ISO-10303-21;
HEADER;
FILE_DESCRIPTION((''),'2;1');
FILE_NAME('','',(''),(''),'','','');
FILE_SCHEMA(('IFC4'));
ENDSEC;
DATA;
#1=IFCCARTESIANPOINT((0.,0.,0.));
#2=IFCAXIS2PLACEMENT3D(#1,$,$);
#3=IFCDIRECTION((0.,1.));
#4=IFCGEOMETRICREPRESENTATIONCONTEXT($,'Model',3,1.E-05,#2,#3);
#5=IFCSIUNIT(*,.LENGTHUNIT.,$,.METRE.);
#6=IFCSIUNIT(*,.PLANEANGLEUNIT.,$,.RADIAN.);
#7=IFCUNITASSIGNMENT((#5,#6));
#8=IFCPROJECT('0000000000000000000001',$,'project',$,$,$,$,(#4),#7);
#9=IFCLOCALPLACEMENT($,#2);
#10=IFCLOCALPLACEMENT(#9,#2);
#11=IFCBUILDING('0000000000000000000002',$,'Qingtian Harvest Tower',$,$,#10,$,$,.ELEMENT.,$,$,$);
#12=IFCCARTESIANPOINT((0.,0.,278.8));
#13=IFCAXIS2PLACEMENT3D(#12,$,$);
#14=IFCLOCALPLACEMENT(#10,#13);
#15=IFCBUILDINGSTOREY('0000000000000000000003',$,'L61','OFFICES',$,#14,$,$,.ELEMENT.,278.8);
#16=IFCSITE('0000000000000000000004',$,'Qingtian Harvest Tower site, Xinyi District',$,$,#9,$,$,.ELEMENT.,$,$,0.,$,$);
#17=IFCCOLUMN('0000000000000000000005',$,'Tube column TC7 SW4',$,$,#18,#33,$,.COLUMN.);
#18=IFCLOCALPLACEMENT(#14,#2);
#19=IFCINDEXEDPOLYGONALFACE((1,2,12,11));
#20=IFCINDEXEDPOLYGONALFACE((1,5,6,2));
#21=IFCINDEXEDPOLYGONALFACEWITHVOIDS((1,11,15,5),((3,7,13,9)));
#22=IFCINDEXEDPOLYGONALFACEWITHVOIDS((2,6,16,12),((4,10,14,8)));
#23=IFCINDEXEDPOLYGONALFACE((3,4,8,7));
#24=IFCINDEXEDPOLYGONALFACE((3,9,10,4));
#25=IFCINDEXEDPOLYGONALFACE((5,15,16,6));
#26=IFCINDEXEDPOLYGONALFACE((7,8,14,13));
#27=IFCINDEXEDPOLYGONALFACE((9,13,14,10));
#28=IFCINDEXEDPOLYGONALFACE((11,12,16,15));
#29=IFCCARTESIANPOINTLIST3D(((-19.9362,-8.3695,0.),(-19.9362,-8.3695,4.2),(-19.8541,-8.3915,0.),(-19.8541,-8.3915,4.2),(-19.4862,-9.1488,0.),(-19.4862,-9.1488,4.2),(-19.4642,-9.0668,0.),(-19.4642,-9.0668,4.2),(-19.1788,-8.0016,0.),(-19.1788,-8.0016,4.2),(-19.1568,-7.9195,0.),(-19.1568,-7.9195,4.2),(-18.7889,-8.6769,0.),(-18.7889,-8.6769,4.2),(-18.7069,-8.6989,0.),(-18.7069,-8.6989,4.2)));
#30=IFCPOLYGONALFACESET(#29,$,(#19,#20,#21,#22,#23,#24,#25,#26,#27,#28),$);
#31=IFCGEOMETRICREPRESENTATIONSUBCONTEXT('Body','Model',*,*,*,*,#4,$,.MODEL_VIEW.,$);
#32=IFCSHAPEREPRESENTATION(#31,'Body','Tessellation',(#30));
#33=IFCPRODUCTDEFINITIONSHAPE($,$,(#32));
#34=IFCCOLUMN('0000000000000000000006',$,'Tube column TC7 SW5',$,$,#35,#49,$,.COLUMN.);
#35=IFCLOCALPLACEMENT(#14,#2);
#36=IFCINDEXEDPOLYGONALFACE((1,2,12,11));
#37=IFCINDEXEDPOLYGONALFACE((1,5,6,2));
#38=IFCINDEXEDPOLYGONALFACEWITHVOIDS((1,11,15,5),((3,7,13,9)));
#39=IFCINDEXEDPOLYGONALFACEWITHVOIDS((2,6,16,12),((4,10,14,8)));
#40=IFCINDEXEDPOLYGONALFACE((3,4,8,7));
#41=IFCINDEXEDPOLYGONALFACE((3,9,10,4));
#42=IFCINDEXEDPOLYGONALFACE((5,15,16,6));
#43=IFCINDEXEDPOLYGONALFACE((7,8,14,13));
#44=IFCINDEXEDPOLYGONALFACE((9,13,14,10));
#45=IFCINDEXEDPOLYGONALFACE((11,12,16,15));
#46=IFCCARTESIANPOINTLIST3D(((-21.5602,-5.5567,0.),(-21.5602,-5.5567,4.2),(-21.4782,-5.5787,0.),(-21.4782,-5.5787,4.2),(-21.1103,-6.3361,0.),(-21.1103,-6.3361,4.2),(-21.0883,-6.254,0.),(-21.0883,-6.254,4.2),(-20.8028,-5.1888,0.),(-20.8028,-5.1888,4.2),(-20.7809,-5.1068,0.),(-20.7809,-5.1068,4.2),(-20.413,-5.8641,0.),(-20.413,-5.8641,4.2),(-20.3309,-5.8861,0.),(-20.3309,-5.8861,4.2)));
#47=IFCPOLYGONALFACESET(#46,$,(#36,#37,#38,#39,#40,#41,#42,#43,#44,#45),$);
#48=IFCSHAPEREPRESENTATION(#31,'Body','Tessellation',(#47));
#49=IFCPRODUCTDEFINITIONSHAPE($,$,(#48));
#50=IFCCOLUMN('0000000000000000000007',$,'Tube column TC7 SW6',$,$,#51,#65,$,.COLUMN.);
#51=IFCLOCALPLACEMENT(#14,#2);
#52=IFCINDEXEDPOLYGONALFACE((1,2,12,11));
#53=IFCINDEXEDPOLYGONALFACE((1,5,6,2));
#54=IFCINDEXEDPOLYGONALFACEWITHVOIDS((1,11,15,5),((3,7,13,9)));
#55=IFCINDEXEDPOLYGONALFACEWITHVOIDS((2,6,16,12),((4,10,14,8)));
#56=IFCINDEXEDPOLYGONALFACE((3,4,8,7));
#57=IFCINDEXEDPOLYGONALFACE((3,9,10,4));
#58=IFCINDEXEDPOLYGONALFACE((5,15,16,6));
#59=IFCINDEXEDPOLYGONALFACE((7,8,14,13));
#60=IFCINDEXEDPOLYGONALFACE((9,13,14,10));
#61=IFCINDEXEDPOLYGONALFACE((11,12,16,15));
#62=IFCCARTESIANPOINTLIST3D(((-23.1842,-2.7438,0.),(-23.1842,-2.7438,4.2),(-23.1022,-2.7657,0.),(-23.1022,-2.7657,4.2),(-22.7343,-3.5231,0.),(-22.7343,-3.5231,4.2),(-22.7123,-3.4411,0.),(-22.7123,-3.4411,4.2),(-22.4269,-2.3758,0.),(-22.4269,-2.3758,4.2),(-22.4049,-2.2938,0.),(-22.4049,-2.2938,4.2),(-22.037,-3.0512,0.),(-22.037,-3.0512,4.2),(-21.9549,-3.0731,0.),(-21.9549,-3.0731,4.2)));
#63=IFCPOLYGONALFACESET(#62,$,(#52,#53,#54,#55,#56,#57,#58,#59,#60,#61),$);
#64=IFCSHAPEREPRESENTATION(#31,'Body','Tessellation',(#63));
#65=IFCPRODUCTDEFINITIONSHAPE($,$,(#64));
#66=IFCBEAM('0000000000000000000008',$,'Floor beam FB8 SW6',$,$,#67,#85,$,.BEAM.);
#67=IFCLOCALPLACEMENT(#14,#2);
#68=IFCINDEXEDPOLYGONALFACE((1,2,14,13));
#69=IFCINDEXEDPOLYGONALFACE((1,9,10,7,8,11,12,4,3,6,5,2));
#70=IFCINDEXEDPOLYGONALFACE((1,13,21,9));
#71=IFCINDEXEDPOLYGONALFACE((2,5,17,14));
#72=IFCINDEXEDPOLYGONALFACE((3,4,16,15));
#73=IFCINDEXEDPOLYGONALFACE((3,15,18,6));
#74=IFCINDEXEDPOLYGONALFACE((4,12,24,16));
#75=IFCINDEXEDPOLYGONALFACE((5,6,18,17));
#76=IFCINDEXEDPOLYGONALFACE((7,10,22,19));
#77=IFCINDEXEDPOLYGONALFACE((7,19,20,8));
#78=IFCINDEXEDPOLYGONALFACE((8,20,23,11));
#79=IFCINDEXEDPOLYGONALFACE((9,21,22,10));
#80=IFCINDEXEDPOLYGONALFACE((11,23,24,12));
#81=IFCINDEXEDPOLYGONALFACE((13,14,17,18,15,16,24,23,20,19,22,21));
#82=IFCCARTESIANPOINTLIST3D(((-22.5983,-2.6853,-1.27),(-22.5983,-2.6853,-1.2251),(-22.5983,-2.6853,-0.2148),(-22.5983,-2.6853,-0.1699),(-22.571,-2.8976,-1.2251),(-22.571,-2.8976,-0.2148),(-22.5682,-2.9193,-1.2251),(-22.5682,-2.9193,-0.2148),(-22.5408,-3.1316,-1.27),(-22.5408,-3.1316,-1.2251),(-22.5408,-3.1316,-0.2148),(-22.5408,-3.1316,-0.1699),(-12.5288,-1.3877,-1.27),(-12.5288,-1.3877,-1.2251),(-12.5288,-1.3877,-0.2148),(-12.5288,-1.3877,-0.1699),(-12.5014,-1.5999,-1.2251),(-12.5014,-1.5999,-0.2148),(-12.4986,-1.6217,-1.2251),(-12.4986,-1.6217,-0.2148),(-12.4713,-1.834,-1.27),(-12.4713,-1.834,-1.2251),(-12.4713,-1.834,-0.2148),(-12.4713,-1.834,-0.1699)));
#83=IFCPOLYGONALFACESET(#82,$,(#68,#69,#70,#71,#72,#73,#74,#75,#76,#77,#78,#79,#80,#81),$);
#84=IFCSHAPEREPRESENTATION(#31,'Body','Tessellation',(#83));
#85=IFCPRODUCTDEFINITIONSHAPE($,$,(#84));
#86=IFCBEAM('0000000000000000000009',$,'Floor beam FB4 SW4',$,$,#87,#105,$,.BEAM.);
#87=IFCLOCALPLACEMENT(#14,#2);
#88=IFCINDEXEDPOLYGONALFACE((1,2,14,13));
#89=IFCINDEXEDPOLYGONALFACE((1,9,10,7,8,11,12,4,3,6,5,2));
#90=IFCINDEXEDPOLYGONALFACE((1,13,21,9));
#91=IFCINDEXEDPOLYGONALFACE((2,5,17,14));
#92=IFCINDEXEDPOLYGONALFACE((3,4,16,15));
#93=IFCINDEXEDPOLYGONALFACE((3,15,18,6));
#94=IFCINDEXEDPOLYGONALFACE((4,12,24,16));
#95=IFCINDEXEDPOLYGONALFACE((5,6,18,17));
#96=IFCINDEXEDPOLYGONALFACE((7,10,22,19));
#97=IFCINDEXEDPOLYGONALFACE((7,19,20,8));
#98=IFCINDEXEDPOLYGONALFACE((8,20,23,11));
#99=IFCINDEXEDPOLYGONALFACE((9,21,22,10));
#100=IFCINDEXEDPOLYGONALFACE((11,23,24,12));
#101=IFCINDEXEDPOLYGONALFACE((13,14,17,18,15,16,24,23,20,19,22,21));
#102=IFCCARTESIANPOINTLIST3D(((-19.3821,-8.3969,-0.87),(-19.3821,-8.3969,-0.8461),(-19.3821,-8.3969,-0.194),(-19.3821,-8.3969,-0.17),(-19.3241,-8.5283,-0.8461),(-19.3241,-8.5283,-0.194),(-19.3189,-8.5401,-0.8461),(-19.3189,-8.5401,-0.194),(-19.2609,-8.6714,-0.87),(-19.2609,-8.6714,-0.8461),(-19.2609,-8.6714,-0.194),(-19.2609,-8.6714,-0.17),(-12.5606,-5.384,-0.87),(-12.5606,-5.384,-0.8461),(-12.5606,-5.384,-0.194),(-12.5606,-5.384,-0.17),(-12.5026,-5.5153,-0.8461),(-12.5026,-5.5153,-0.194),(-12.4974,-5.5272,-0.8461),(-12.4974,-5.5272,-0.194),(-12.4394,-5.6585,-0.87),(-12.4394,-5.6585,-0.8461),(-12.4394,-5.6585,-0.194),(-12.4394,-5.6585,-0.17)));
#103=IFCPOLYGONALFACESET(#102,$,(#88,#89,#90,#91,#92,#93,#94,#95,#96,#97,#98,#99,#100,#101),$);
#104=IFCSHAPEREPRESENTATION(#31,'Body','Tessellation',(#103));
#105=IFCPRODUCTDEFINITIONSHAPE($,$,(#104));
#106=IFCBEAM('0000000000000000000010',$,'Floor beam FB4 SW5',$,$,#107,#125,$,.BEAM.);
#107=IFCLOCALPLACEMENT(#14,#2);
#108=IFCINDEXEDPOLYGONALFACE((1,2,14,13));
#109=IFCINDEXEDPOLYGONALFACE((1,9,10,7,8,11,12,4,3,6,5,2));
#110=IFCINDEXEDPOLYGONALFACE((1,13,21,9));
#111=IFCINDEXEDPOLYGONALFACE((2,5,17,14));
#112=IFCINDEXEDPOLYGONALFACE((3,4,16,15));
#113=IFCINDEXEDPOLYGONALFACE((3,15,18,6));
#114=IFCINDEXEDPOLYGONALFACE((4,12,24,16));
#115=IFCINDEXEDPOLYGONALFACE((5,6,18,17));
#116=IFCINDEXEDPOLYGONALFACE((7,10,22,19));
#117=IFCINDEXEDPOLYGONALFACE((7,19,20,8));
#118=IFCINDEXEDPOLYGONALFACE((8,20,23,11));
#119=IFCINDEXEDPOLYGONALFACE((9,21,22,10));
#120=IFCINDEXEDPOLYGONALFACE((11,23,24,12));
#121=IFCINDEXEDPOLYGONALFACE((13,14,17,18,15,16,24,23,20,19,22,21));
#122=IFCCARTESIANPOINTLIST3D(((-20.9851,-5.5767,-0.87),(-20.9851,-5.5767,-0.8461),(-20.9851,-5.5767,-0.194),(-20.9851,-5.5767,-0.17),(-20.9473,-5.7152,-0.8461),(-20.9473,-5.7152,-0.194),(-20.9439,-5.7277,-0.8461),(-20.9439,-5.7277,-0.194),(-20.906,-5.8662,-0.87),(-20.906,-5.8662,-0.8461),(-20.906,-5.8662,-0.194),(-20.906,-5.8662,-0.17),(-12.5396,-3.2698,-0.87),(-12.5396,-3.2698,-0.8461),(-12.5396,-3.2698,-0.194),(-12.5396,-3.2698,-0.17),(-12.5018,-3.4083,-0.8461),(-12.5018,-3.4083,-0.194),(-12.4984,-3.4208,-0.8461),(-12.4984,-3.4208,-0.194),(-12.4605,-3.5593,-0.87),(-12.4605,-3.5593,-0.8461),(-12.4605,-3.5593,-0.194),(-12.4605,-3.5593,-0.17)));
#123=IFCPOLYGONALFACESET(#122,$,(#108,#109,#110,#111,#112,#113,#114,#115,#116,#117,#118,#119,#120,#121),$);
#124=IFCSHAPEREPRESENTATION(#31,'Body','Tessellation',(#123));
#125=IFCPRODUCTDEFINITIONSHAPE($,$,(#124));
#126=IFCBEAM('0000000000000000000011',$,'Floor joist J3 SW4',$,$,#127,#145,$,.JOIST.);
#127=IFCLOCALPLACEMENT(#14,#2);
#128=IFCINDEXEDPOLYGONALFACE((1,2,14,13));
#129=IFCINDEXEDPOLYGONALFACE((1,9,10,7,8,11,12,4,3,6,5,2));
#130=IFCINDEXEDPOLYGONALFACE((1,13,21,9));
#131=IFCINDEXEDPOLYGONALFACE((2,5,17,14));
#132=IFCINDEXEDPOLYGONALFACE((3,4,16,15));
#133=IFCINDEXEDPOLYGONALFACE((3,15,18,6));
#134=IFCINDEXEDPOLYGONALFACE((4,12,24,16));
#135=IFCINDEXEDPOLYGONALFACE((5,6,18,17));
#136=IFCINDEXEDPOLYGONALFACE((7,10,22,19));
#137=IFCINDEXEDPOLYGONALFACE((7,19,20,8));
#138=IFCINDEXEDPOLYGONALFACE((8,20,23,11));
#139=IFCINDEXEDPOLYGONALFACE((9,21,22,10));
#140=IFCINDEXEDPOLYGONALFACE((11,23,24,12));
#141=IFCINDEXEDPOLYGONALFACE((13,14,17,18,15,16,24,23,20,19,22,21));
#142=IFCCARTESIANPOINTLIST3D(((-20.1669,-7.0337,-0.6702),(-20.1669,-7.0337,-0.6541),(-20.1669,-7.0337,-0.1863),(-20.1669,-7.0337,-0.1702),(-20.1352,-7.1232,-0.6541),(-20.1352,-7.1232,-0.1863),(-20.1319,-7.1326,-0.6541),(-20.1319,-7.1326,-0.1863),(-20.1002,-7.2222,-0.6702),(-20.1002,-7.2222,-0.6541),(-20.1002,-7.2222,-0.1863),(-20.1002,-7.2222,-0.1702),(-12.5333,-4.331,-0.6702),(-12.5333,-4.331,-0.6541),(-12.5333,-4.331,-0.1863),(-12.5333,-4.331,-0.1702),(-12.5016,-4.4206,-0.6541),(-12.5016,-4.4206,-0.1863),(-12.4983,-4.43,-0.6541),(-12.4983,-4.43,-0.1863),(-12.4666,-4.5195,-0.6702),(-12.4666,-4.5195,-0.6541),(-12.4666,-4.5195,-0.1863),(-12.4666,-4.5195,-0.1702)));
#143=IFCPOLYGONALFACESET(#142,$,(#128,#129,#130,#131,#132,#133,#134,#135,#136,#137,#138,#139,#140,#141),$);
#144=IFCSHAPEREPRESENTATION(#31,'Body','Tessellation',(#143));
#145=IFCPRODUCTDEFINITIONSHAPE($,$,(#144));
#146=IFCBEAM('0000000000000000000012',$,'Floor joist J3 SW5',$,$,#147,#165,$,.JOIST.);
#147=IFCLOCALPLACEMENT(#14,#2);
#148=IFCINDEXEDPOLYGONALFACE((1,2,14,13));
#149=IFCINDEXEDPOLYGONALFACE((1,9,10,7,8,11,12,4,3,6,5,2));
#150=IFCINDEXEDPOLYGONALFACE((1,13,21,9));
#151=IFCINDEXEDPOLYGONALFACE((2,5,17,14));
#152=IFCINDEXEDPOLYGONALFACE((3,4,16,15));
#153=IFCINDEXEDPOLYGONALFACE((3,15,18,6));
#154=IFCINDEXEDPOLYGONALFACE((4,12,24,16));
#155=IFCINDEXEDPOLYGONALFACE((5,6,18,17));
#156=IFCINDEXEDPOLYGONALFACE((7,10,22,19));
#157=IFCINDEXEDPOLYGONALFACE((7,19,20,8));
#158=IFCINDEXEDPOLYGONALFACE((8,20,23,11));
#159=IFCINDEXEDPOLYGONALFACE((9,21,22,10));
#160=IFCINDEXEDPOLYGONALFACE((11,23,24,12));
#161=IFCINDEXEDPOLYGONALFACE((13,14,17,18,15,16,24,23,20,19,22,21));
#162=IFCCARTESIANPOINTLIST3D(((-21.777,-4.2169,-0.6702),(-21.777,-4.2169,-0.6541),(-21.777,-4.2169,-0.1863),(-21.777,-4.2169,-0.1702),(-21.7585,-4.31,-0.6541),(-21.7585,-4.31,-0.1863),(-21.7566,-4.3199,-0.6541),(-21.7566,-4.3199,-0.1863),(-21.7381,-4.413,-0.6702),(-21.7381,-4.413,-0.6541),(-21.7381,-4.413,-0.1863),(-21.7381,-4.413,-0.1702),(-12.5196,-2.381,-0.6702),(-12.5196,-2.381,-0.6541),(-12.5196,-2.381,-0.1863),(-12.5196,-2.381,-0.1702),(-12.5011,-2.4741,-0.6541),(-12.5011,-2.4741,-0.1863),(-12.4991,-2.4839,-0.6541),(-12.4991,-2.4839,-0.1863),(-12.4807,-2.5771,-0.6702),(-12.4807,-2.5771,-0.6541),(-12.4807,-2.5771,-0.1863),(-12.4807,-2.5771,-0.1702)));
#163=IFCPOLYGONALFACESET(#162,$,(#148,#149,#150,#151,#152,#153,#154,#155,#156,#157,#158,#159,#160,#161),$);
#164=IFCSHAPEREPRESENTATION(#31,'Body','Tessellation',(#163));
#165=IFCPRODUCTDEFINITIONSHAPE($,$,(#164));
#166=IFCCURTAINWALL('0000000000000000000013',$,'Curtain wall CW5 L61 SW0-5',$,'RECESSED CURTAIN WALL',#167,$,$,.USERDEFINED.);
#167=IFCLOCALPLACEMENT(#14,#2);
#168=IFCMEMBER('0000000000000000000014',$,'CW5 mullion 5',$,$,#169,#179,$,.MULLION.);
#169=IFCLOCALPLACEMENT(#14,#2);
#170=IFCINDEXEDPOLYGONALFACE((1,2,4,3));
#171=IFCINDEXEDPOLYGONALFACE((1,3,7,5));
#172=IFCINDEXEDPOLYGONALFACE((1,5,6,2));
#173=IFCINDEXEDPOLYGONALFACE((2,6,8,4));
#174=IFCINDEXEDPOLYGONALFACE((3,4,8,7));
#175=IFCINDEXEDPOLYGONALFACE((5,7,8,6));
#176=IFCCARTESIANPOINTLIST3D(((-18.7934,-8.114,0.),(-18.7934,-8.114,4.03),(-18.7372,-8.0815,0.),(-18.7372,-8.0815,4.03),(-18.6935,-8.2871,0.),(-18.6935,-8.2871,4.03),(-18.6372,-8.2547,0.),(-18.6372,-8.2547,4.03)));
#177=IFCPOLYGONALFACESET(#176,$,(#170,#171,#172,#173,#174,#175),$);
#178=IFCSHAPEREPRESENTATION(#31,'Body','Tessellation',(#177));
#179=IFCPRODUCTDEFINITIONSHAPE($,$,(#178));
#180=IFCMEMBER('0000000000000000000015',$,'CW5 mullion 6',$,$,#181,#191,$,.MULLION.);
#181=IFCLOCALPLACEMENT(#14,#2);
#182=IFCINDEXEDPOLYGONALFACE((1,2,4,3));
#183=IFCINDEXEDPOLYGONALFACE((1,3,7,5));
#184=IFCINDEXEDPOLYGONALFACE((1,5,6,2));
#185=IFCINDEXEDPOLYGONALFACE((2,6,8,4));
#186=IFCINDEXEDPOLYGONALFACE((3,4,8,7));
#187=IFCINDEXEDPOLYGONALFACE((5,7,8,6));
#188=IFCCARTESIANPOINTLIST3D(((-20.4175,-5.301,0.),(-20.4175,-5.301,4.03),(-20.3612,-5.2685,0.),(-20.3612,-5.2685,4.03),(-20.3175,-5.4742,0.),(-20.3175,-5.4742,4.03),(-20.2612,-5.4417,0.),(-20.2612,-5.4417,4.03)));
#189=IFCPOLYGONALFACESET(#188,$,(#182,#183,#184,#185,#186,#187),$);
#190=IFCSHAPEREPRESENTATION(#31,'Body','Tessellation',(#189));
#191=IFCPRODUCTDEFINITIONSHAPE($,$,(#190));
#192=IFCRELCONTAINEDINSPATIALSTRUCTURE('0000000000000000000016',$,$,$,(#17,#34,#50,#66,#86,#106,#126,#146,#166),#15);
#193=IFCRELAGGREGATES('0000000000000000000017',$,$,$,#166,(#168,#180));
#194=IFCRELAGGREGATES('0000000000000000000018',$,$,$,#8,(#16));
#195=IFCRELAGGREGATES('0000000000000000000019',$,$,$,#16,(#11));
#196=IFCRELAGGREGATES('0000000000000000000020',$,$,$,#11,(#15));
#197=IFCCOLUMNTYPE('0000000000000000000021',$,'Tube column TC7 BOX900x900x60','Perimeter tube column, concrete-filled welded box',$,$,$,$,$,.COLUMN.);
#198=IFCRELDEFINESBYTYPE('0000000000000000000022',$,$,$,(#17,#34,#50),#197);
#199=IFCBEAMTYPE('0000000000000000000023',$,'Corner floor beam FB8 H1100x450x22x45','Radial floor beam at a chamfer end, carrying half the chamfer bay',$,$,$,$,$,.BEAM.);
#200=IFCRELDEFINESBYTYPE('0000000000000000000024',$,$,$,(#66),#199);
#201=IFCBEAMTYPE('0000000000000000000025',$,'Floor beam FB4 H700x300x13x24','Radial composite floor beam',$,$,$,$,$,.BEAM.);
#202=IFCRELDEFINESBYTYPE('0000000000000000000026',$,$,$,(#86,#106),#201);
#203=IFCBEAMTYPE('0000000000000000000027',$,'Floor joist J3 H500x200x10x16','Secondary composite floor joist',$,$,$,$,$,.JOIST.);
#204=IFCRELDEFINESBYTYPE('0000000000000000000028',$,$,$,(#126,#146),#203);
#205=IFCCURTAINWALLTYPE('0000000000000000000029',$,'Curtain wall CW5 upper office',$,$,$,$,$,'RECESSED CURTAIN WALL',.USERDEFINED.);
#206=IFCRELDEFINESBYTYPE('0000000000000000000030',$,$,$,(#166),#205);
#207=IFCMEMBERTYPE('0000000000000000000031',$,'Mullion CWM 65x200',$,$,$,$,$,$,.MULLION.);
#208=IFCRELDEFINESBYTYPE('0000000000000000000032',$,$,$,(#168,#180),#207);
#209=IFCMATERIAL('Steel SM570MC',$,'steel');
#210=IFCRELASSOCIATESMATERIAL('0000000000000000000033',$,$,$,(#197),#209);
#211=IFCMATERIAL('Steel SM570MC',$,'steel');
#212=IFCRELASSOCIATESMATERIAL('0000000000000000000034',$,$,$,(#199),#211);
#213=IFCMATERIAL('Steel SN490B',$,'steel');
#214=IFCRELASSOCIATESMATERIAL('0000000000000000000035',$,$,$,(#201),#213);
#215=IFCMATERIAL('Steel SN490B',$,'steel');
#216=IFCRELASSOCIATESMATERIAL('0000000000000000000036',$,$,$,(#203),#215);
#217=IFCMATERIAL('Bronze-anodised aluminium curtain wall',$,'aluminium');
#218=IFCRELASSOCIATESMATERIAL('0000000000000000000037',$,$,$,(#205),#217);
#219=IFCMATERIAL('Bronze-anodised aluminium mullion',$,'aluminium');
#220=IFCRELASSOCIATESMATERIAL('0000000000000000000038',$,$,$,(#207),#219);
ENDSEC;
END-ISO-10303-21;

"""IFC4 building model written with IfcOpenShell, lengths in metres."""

from ifc_helpers import new_model, si_unit, direction, frame, origin, origin_2d, place, context, subcontext, project, spatial, rectangle, hollow_rectangle, i_section, extrude, material, material_profile, profile_set, type_object, element, aggregate, save


model = new_model("IFC4")

# Units and contexts
model_context = context("Model", 3, precision=1e-05, world=origin(), true_north=direction((0.0, 1.0)))
body_context = subcontext(model_context, "Body", "Model", "MODEL_VIEW")
ifc_project = project(units=[si_unit("LENGTHUNIT", "METRE"), si_unit("PLANEANGLEUNIT", "RADIAN")], contexts=[model_context])

# Site, building, storey
site_placement = place(None, origin())
site = spatial("IfcSite", under=ifc_project, at=site_placement, Name="Qingtian Harvest Tower site, Xinyi District", CompositionType="ELEMENT", RefElevation=0.0)
building_placement = place(site_placement, origin())
building = spatial("IfcBuilding", under=site, at=building_placement, Name="Qingtian Harvest Tower", CompositionType="ELEMENT")
storey_placement = place(building_placement, frame((0.0, 0.0, 278.8)))
storey = spatial("IfcBuildingStorey", under=building, at=storey_placement, Name="L61", Description="OFFICES", CompositionType="ELEMENT", Elevation=278.8)

# Columns
ifc_material_1 = material(Name="Steel SM570MC", Category="steel")
ifc_material_profile_1 = material_profile(ifc_material_1, hollow_rectangle(XDim=0.8999, YDim=0.8999, WallThickness=0.0601, at=origin_2d()), Name="BOX900x900x60")
ifc_profile_set_1 = profile_set([ifc_material_profile_1], Name="Steel SM570MC")
column_type = type_object("IfcColumnType", Name="Tube column TC7 BOX900x900x60", Description="Perimeter tube column, concrete-filled welded box", PredefinedType="COLUMN", material=ifc_profile_set_1)
for number, where, z_axis, x_axis, name in (
    (1, (-19.3215, -8.5342, 0.0), (0.0, 0.0, 1.0), (0.5, -0.866025, 0.0), "Tube column TC7 SW4"),
    (2, (-20.9456, -5.7214, 0.0), (0.0, 0.0, 1.0), (0.5, -0.866025, 0.0), "Tube column TC7 SW5"),
    (3, (-22.5696, -2.9084, 0.0), (0.0, 0.0, 1.0), (0.5, -0.866025, 0.0), "Tube column TC7 SW6"),
):
    element("IfcColumn", number, at=place(storey_placement, frame(where, z_axis=z_axis, x_axis=x_axis)), inside=storey, type_object=column_type, Name=name, PredefinedType="COLUMN", context=body_context, shape_type="SweptSolid", body=[
        extrude(hollow_rectangle(XDim=0.8999, YDim=0.8999, WallThickness=0.0601, at=origin_2d()), origin(), (0.0, 0.0, 1.0), 4.2),
    ])

# Beams
ifc_material_2 = material(Name="Steel SM570MC", Category="steel")
ifc_material_profile_2 = material_profile(ifc_material_2, i_section(OverallWidth=0.45, OverallDepth=1.1001, WebThickness=0.022, FlangeThickness=0.0449, at=origin_2d()), Name="H1100x450x22x45")
ifc_profile_set_2 = profile_set([ifc_material_profile_2], Name="Steel SM570MC")
beam_type_1 = type_object("IfcBeamType", Name="Corner floor beam FB8 H1100x450x22x45", Description="Radial floor beam at a chamfer end, carrying half the chamfer bay", PredefinedType="BEAM", material=ifc_profile_set_2)
beam_1_placement = place(storey_placement, frame((-22.5696, -2.9084, -0.72), z_axis=(0.991799, 0.127807, 0.0), x_axis=(-0.127807, 0.991799, 0.0)))
element("IfcBeam", 4, at=beam_1_placement, inside=storey, type_object=beam_type_1, Name="Floor beam FB8 SW6", PredefinedType="BEAM", context=body_context, shape_type="SweptSolid", body=[
    extrude(i_section(OverallWidth=0.45, OverallDepth=1.1001, WebThickness=0.022, FlangeThickness=0.0449, at=origin_2d()), origin(), (0.0, 0.0, 1.0), 10.1528),
])
ifc_material_3 = material(Name="Steel SN490B", Category="steel")
ifc_material_profile_3 = material_profile(ifc_material_3, i_section(OverallWidth=0.3, OverallDepth=0.7, WebThickness=0.0129, FlangeThickness=0.0239, at=origin_2d()), Name="H700x300x13x24")
ifc_profile_set_3 = profile_set([ifc_material_profile_3], Name="Steel SN490B")
beam_type_2 = type_object("IfcBeamType", Name="Floor beam FB4 H700x300x13x24", Description="Radial composite floor beam", PredefinedType="BEAM", material=ifc_profile_set_3)
beam_2_placement = place(storey_placement, frame((-19.3215, -8.5342, -0.52), z_axis=(0.914747, 0.404026, 0.0), x_axis=(-0.404026, 0.914747, 0.0)))
element("IfcBeam", 5, at=beam_2_placement, inside=storey, type_object=beam_type_2, Name="Floor beam FB4 SW4", PredefinedType="BEAM", context=body_context, shape_type="SweptSolid", body=[
    extrude(i_section(OverallWidth=0.3, OverallDepth=0.7, WebThickness=0.0129, FlangeThickness=0.0239, at=origin_2d()), origin(), (0.0, 0.0, 1.0), 7.4573),
])
beam_3_placement = place(storey_placement, frame((-20.9456, -5.7214, -0.52), z_axis=(0.964661, 0.263495, 0.0), x_axis=(-0.263495, 0.964661, 0.0)))
element("IfcBeam", 6, at=beam_3_placement, inside=storey, type_object=beam_type_2, Name="Floor beam FB4 SW5", PredefinedType="BEAM", context=body_context, shape_type="SweptSolid", body=[
    extrude(i_section(OverallWidth=0.3, OverallDepth=0.7, WebThickness=0.0129, FlangeThickness=0.0239, at=origin_2d()), origin(), (0.0, 0.0, 1.0), 8.7549),
])
ifc_material_4 = material(Name="Steel SN490B", Category="steel")
ifc_material_profile_4 = material_profile(ifc_material_4, i_section(OverallWidth=0.2, OverallDepth=0.5, WebThickness=0.01, FlangeThickness=0.0161, at=origin_2d()), Name="H500x200x10x16")
ifc_profile_set_4 = profile_set([ifc_material_profile_4], Name="Steel SN490B")
beam_type_3 = type_object("IfcBeamType", Name="Floor joist J3 H500x200x10x16", Description="Secondary composite floor joist", PredefinedType="JOIST", material=ifc_profile_set_4)
beam_4_placement = place(storey_placement, frame((-20.1335, -7.1279, -0.4202), z_axis=(0.942663, 0.333747, 0.0), x_axis=(-0.333747, 0.942663, 0.0)))
element("IfcBeam", 7, at=beam_4_placement, inside=storey, type_object=beam_type_3, Name="Floor joist J3 SW4", PredefinedType="JOIST", context=body_context, shape_type="SweptSolid", body=[
    extrude(i_section(OverallWidth=0.2, OverallDepth=0.5, WebThickness=0.01, FlangeThickness=0.0161, at=origin_2d()), origin(), (0.0, 0.0, 1.0), 8.0979),
])
beam_5_placement = place(storey_placement, frame((-21.7576, -4.3149, -0.4202), z_axis=(0.980897, 0.194529, 0.0), x_axis=(-0.194529, 0.980897, 0.0)))
element("IfcBeam", 8, at=beam_5_placement, inside=storey, type_object=beam_type_3, Name="Floor joist J3 SW5", PredefinedType="JOIST", context=body_context, shape_type="SweptSolid", body=[
    extrude(i_section(OverallWidth=0.2, OverallDepth=0.5, WebThickness=0.01, FlangeThickness=0.0161, at=origin_2d()), origin(), (0.0, 0.0, 1.0), 9.4377),
])

# Curtain wall, members
ifc_material_5 = material(Name="Bronze-anodised aluminium curtain wall", Category="aluminium")
curtain_wall_type = type_object("IfcCurtainWallType", Name="Curtain wall CW5 upper office", ElementType="RECESSED CURTAIN WALL", PredefinedType="USERDEFINED", material=ifc_material_5)
curtain_wall_1_placement = place(storey_placement, origin())
curtain_wall_1 = element("IfcCurtainWall", 9, at=curtain_wall_1_placement, inside=storey, type_object=curtain_wall_type, Name="Curtain wall CW5 L61 SW0-5", ObjectType="RECESSED CURTAIN WALL", PredefinedType="USERDEFINED")
ifc_material_6 = material(Name="Bronze-anodised aluminium mullion", Category="aluminium")
ifc_material_profile_5 = material_profile(ifc_material_6, rectangle(XDim=0.0649, YDim=0.2, at=origin_2d()), Name="AL 65x200")
ifc_profile_set_5 = profile_set([ifc_material_profile_5], Name="Bronze-anodised aluminium mullion")
member_type_1 = type_object("IfcMemberType", Name="Mullion CWM 65x200", PredefinedType="MULLION", material=ifc_profile_set_5)
member_1_placement = place(storey_placement, frame((-18.7153, -8.1843, 0.0), z_axis=(0.0, 0.0, 1.0), x_axis=(-0.866025, -0.5, 0.0)))
member_1 = element("IfcMember", 10, at=member_1_placement, type_object=member_type_1, Name="CW5 mullion 5", PredefinedType="MULLION", context=body_context, shape_type="SweptSolid", body=[
    extrude(rectangle(XDim=0.0649, YDim=0.2, at=origin_2d()), origin(), (0.0, 0.0, 1.0), 4.03),
])
member_2_placement = place(storey_placement, frame((-20.3394, -5.3713, 0.0), z_axis=(0.0, 0.0, 1.0), x_axis=(-0.866025, -0.5, 0.0)))
member_2 = element("IfcMember", 11, at=member_2_placement, type_object=member_type_1, Name="CW5 mullion 6", PredefinedType="MULLION", context=body_context, shape_type="SweptSolid", body=[
    extrude(rectangle(XDim=0.0649, YDim=0.2, at=origin_2d()), origin(), (0.0, 0.0, 1.0), 4.03),
])

aggregate(curtain_wall_1, [member_1, member_2])

save(model, "model.ifc")
